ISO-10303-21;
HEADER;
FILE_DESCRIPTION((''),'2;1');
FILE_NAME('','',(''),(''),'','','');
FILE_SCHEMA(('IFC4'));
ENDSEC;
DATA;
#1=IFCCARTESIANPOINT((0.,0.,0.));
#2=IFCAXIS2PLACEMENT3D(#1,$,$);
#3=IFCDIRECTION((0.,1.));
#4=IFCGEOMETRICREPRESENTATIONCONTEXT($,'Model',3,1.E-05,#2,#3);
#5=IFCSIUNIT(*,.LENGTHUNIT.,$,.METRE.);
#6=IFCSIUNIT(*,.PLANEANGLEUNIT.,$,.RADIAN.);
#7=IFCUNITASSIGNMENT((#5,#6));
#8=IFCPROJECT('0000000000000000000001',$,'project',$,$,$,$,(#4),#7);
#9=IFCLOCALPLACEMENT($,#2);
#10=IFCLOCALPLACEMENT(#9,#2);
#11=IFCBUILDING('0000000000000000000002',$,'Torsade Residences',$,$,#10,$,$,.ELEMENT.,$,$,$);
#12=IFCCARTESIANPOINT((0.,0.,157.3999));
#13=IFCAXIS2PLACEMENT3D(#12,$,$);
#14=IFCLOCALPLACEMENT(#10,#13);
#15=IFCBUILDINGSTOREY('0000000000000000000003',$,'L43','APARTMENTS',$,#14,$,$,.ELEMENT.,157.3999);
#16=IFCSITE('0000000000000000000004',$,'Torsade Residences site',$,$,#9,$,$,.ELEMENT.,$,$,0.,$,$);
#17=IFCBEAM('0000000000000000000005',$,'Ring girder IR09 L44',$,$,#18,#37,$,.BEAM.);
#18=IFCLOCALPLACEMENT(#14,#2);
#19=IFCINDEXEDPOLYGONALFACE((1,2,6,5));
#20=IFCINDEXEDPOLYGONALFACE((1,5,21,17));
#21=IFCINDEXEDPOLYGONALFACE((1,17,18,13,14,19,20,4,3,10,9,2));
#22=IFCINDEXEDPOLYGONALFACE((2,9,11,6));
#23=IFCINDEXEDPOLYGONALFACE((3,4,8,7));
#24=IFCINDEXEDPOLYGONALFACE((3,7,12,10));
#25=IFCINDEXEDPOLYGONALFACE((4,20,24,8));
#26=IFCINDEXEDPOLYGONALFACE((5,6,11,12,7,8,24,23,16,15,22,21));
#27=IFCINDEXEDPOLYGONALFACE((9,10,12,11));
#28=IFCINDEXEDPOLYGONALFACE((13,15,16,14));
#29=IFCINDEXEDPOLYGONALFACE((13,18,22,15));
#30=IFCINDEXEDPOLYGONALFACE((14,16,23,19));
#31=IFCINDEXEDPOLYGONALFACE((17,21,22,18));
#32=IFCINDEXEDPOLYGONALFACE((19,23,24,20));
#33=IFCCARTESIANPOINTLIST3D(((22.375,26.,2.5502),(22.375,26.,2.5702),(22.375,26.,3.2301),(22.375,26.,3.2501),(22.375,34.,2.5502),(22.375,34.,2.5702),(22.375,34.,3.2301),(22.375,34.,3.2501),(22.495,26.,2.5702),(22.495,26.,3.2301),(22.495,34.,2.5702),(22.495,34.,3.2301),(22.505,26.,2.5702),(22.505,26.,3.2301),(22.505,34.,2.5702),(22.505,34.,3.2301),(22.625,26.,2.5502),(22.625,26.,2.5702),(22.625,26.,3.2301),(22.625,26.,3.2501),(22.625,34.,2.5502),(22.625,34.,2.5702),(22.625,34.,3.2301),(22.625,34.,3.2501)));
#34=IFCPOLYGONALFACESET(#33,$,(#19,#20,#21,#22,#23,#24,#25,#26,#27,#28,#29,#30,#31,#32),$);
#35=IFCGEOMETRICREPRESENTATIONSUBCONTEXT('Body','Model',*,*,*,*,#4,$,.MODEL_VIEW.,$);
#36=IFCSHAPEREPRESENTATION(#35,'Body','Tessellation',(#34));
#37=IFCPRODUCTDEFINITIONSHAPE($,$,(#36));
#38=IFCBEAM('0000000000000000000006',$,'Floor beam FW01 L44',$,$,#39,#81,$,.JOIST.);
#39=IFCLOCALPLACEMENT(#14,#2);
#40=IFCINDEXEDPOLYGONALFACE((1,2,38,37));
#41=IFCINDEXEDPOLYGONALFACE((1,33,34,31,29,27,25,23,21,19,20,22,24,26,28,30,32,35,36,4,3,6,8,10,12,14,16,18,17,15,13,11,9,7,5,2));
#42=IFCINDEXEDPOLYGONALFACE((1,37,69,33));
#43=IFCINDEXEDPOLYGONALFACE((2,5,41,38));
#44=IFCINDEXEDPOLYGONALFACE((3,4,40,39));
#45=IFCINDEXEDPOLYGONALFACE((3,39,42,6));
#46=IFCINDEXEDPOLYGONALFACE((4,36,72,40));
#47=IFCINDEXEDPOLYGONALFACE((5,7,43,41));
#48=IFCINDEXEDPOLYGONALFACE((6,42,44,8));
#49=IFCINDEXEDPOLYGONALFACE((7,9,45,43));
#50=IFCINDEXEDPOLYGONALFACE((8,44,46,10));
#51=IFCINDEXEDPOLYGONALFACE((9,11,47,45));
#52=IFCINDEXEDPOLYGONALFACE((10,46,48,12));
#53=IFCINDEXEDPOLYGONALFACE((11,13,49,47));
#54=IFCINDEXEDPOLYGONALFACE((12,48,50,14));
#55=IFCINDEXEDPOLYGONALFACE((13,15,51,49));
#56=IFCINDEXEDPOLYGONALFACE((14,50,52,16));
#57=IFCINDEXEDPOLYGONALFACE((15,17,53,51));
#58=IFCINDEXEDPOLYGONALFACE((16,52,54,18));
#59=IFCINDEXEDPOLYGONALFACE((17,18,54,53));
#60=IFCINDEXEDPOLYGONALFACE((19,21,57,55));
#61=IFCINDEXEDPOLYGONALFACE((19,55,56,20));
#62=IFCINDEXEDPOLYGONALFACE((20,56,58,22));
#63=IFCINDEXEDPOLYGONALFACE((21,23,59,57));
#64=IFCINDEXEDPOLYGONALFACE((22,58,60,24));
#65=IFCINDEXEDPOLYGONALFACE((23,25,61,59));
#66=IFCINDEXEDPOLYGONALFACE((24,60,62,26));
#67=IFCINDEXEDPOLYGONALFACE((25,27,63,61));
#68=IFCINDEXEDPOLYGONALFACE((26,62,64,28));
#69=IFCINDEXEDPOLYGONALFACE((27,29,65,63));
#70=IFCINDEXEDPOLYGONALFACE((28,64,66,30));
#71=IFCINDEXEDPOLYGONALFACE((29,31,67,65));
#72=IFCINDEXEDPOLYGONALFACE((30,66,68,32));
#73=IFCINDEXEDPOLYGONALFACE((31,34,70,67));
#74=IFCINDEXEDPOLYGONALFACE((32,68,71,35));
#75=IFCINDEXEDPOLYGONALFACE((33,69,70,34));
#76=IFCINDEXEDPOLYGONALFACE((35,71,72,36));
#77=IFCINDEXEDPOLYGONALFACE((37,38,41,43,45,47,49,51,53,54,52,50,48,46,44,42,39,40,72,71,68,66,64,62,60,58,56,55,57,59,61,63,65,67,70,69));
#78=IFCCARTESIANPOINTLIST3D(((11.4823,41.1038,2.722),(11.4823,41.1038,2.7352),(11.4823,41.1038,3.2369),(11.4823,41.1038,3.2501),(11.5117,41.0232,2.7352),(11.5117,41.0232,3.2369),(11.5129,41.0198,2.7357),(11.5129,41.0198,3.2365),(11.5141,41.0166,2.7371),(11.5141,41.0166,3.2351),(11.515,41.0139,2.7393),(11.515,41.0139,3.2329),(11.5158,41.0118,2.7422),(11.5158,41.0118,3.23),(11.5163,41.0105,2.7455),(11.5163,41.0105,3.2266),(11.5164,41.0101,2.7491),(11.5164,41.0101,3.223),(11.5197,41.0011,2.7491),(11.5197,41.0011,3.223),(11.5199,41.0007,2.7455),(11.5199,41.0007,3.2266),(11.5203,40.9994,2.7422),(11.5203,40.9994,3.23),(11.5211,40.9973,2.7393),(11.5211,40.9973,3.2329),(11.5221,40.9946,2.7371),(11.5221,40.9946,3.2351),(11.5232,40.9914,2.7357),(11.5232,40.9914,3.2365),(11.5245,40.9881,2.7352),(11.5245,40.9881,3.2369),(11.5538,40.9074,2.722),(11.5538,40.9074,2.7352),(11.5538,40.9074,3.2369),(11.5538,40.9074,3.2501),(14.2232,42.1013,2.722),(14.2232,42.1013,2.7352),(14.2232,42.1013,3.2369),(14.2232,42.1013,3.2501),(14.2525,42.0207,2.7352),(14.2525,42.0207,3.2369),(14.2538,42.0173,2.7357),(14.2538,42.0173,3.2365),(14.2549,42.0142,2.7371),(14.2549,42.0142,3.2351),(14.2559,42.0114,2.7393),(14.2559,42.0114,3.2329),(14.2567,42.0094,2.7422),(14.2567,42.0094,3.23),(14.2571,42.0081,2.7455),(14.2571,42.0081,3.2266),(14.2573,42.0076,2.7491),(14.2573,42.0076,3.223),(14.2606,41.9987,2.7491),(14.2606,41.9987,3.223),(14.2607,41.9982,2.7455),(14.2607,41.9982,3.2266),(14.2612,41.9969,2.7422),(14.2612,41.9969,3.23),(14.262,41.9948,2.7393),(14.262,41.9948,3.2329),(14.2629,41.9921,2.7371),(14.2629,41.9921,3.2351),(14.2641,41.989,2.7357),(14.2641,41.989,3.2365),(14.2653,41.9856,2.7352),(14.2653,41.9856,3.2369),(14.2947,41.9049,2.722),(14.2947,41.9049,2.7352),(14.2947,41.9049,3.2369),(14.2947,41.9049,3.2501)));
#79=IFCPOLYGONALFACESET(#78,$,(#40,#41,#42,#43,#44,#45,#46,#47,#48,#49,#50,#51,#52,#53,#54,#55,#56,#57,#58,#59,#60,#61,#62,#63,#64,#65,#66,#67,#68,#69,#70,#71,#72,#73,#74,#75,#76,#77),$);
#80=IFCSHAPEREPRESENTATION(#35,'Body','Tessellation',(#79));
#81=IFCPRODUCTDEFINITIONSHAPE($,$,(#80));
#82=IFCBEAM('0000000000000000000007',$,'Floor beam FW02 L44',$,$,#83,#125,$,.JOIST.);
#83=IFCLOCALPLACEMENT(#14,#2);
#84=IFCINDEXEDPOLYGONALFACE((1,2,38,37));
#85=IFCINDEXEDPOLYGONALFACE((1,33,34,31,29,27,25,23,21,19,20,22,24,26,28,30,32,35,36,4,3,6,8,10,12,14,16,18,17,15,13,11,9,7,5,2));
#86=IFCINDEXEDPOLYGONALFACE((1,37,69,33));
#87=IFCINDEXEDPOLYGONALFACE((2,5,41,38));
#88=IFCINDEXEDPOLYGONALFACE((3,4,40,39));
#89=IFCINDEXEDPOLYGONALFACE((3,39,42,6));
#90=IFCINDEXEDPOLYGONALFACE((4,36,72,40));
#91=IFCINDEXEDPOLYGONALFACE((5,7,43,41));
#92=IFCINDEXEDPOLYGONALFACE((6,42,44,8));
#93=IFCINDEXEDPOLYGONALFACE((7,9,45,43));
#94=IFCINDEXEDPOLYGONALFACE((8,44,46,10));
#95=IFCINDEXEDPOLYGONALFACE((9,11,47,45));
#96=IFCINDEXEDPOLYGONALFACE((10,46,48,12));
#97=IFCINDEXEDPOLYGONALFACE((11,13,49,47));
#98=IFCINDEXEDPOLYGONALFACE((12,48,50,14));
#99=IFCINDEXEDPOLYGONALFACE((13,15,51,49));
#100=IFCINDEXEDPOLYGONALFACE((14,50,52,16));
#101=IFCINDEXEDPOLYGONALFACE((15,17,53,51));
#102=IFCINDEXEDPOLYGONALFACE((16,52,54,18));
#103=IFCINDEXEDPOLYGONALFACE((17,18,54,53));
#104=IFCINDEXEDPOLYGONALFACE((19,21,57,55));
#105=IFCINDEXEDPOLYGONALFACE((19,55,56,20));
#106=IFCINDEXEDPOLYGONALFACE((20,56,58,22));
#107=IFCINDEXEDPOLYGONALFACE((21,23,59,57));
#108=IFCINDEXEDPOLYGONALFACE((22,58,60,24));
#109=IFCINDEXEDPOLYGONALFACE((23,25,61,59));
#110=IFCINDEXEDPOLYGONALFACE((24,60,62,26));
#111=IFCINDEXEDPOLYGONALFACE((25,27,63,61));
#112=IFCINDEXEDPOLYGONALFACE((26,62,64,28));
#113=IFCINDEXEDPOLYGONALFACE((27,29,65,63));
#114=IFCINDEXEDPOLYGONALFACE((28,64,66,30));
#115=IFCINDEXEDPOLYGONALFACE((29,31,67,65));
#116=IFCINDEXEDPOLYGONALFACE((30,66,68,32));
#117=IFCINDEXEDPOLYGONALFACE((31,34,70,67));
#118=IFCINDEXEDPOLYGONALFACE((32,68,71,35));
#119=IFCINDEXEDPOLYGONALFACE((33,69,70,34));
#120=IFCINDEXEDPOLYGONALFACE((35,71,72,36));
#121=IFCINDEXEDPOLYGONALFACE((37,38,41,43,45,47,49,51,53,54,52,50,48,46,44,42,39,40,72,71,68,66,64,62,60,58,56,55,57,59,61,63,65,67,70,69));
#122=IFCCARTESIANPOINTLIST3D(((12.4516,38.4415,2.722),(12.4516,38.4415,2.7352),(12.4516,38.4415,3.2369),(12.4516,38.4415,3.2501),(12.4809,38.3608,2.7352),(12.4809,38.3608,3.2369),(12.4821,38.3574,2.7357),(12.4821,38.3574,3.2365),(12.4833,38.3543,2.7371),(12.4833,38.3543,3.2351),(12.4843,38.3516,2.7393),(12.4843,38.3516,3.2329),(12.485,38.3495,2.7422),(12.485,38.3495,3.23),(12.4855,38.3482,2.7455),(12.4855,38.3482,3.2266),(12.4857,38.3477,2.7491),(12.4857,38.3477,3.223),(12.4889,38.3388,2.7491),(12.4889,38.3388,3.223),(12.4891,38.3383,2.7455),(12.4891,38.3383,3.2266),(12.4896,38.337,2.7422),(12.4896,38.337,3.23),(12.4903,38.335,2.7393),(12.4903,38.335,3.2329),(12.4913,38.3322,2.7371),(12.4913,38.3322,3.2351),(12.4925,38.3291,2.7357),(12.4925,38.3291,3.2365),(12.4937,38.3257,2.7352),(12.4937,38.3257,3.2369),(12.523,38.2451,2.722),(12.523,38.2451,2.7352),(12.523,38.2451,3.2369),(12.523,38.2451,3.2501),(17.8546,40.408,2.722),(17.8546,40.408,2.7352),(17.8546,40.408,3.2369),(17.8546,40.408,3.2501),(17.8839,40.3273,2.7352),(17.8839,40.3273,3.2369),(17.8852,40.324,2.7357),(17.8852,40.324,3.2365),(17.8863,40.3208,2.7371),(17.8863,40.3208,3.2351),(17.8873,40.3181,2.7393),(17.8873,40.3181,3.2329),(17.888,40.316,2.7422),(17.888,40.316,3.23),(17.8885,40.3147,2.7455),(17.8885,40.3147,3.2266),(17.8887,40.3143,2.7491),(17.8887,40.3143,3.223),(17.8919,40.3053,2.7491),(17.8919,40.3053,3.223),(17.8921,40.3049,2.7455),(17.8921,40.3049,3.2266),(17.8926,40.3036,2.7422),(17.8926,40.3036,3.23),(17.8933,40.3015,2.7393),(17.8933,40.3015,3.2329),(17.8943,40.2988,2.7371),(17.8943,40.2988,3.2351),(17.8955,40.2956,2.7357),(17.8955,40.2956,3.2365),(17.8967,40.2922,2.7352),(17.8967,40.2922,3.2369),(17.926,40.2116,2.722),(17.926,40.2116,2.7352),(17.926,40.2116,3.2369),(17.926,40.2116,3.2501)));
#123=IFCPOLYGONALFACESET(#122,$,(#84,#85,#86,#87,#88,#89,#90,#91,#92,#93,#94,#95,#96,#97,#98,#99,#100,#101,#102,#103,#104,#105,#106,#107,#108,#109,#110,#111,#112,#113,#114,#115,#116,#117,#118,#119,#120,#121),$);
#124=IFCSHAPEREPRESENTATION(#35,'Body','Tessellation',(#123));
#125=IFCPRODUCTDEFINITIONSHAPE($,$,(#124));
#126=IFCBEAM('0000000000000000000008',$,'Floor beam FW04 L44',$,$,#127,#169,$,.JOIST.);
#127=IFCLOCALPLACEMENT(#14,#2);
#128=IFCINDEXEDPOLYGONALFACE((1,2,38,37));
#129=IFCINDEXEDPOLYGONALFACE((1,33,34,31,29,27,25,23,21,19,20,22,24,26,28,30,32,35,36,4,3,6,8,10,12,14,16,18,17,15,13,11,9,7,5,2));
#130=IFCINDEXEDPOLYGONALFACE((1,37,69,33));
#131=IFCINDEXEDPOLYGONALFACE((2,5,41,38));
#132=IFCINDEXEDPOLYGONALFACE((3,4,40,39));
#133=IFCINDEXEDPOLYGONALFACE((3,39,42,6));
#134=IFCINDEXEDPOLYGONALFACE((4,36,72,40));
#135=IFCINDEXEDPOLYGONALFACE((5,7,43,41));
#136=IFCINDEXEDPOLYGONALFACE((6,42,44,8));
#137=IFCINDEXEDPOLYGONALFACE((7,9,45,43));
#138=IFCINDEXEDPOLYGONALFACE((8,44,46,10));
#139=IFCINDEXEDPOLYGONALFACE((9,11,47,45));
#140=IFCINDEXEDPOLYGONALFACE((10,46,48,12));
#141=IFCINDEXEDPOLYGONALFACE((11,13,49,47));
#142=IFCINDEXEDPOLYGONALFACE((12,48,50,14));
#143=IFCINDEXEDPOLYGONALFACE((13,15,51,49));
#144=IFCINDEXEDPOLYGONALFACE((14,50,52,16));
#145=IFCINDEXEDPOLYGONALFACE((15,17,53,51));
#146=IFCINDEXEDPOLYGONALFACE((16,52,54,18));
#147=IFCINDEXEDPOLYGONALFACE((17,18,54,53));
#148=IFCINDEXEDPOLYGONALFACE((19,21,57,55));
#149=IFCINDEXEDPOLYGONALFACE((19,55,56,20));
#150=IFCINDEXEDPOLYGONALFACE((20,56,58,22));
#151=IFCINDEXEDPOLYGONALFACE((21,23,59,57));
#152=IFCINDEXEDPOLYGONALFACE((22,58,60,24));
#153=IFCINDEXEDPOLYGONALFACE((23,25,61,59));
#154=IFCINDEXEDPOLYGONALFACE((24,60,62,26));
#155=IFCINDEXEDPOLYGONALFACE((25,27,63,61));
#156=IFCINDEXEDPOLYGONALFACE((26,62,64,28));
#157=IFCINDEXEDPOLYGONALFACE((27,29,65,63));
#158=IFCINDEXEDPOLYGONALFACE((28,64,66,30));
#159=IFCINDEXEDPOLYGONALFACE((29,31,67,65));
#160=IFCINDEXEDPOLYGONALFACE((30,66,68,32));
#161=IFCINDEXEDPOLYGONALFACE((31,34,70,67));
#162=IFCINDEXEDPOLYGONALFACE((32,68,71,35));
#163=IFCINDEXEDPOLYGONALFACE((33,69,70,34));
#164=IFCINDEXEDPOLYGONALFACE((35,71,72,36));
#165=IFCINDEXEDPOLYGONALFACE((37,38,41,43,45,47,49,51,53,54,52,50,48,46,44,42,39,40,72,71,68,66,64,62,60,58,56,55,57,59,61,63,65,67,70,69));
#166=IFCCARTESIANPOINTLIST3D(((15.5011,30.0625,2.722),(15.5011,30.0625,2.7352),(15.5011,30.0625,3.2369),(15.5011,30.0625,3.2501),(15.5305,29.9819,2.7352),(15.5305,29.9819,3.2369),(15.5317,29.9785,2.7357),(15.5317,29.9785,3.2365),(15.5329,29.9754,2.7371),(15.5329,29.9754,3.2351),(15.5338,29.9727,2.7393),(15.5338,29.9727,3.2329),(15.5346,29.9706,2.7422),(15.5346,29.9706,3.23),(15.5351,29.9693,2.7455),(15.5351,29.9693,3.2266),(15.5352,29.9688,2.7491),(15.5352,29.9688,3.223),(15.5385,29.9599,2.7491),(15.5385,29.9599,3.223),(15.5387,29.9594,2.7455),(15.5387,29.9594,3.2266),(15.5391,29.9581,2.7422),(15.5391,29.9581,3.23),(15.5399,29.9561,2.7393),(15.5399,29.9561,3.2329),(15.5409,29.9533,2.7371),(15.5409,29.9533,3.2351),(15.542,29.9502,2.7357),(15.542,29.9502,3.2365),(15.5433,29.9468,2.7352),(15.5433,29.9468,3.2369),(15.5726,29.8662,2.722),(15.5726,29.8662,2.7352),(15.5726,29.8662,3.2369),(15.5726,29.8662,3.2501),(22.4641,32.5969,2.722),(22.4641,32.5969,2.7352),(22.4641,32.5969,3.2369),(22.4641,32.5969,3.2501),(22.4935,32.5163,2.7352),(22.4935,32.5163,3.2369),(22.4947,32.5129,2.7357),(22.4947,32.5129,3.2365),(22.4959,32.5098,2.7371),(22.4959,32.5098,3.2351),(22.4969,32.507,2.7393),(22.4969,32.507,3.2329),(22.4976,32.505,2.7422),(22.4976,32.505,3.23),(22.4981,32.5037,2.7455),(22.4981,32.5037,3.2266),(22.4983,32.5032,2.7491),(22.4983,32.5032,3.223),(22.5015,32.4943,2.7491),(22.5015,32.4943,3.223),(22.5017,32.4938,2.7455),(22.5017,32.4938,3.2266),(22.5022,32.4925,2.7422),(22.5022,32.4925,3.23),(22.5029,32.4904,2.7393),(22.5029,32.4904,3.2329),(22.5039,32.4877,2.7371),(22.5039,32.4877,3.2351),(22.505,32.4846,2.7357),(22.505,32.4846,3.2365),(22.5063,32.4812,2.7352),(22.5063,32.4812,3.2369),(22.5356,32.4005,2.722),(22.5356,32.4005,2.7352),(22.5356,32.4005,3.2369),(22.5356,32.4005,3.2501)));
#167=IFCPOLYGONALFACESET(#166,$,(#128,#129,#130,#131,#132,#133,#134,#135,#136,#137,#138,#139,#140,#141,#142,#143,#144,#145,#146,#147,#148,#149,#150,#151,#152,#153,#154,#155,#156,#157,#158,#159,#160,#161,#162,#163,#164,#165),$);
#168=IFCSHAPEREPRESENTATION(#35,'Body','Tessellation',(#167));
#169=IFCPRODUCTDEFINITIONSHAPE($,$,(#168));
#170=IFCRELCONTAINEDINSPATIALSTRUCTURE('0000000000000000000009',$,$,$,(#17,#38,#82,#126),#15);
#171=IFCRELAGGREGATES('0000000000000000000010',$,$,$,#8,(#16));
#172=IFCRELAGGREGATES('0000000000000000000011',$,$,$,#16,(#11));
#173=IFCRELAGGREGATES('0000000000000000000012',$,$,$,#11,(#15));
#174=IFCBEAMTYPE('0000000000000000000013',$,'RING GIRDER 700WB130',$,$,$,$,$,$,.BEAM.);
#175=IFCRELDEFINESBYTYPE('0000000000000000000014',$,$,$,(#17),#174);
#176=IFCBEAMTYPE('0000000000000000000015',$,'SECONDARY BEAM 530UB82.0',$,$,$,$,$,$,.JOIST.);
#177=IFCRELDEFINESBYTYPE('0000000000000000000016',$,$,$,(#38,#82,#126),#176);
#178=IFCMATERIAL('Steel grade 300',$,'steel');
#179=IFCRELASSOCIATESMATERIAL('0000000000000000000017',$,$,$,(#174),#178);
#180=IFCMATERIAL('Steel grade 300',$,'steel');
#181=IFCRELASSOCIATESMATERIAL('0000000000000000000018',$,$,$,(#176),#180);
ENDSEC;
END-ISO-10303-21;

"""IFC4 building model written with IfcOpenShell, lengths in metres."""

from ifc_helpers import new_model, si_unit, direction, frame, origin, origin_2d, place, context, subcontext, project, spatial, i_section, extrude, material, material_profile, profile_set, type_object, element, save


model = new_model("IFC4")

# Units and contexts
model_context = context("Model", 3, precision=1e-05, world=origin(), true_north=direction((0.0, 1.0)))
body_context = subcontext(model_context, "Body", "Model", "MODEL_VIEW")
ifc_project = project(units=[si_unit("LENGTHUNIT", "METRE"), si_unit("PLANEANGLEUNIT", "RADIAN")], contexts=[model_context])

# Site, building, storey
site_placement = place(None, origin())
site = spatial("IfcSite", under=ifc_project, at=site_placement, Name="Torsade Residences site", CompositionType="ELEMENT", RefElevation=0.0)
building_placement = place(site_placement, origin())
building = spatial("IfcBuilding", under=site, at=building_placement, Name="Torsade Residences", CompositionType="ELEMENT")
storey_placement = place(building_placement, frame((0.0, 0.0, 157.3999)))
storey = spatial("IfcBuildingStorey", under=building, at=storey_placement, Name="L43", Description="APARTMENTS", CompositionType="ELEMENT", Elevation=157.3999)

# Beams
ifc_material_1 = material(Name="Steel grade 300", Category="steel")
ifc_material_profile_1 = material_profile(ifc_material_1, i_section(OverallWidth=0.25, OverallDepth=0.7, WebThickness=0.01, FlangeThickness=0.02, at=origin_2d()), Name="700WB130")
ifc_profile_set_1 = profile_set([ifc_material_profile_1], Name="Steel grade 300")
beam_type_1 = type_object("IfcBeamType", Name="RING GIRDER 700WB130", PredefinedType="BEAM", material=ifc_profile_set_1)
beam_1_placement = place(storey_placement, frame((22.5, 34.0, 2.9001), z_axis=(0.0, -1.0, 0.0), x_axis=(1.0, 0.0, 0.0)))
element("IfcBeam", 1, at=beam_1_placement, inside=storey, type_object=beam_type_1, Name="Ring girder IR09 L44", PredefinedType="BEAM", context=body_context, shape_type="SweptSolid", body=[
    extrude(i_section(OverallWidth=0.25, OverallDepth=0.7, WebThickness=0.01, FlangeThickness=0.02, at=origin_2d()), origin(), (0.0, 0.0, 1.0), 8.0),
])
ifc_material_2 = material(Name="Steel grade 300", Category="steel")
ifc_material_profile_2 = material_profile(ifc_material_2, i_section(OverallWidth=0.209, OverallDepth=0.5281, WebThickness=0.0095, FlangeThickness=0.0132, FilletRadius=0.0139, at=origin_2d()), Name="530UB82.0")
ifc_profile_set_2 = profile_set([ifc_material_profile_2], Name="Steel grade 300")
beam_type_2 = type_object("IfcBeamType", Name="SECONDARY BEAM 530UB82.0", PredefinedType="JOIST", material=ifc_profile_set_2)
beam_2_placement = place(storey_placement, frame((11.5181, 41.0056, 2.9861), z_axis=(0.939701, 0.341998, 0.0), x_axis=(-0.341998, 0.939701, 0.0)))
element("IfcBeam", 2, at=beam_2_placement, inside=storey, type_object=beam_type_2, Name="Floor beam FW01 L44", PredefinedType="JOIST", context=body_context, shape_type="SweptSolid", body=[
    extrude(i_section(OverallWidth=0.209, OverallDepth=0.5281, WebThickness=0.0095, FlangeThickness=0.0132, FilletRadius=0.0139, at=origin_2d()), origin(), (0.0, 0.0, 1.0), 2.9167),
])
beam_3_placement = place(storey_placement, frame((12.4873, 38.3433, 2.9861), z_axis=(0.939693, 0.342019, 0.0), x_axis=(-0.342019, 0.939693, 0.0)))
element("IfcBeam", 3, at=beam_3_placement, inside=storey, type_object=beam_type_2, Name="Floor beam FW02 L44", PredefinedType="JOIST", context=body_context, shape_type="SweptSolid", body=[
    extrude(i_section(OverallWidth=0.209, OverallDepth=0.5281, WebThickness=0.0095, FlangeThickness=0.0132, FilletRadius=0.0139, at=origin_2d()), origin(), (0.0, 0.0, 1.0), 5.7498),
])
beam_4_placement = place(storey_placement, frame((15.5369, 29.9644, 2.9861), z_axis=(0.93969, 0.342026, 0.0), x_axis=(-0.342026, 0.93969, 0.0)))
element("IfcBeam", 4, at=beam_4_placement, inside=storey, type_object=beam_type_2, Name="Floor beam FW04 L44", PredefinedType="JOIST", context=body_context, shape_type="SweptSolid", body=[
    extrude(i_section(OverallWidth=0.209, OverallDepth=0.5281, WebThickness=0.0095, FlangeThickness=0.0132, FilletRadius=0.0139, at=origin_2d()), origin(), (0.0, 0.0, 1.0), 7.4099),
])

save(model, "model.ifc")
